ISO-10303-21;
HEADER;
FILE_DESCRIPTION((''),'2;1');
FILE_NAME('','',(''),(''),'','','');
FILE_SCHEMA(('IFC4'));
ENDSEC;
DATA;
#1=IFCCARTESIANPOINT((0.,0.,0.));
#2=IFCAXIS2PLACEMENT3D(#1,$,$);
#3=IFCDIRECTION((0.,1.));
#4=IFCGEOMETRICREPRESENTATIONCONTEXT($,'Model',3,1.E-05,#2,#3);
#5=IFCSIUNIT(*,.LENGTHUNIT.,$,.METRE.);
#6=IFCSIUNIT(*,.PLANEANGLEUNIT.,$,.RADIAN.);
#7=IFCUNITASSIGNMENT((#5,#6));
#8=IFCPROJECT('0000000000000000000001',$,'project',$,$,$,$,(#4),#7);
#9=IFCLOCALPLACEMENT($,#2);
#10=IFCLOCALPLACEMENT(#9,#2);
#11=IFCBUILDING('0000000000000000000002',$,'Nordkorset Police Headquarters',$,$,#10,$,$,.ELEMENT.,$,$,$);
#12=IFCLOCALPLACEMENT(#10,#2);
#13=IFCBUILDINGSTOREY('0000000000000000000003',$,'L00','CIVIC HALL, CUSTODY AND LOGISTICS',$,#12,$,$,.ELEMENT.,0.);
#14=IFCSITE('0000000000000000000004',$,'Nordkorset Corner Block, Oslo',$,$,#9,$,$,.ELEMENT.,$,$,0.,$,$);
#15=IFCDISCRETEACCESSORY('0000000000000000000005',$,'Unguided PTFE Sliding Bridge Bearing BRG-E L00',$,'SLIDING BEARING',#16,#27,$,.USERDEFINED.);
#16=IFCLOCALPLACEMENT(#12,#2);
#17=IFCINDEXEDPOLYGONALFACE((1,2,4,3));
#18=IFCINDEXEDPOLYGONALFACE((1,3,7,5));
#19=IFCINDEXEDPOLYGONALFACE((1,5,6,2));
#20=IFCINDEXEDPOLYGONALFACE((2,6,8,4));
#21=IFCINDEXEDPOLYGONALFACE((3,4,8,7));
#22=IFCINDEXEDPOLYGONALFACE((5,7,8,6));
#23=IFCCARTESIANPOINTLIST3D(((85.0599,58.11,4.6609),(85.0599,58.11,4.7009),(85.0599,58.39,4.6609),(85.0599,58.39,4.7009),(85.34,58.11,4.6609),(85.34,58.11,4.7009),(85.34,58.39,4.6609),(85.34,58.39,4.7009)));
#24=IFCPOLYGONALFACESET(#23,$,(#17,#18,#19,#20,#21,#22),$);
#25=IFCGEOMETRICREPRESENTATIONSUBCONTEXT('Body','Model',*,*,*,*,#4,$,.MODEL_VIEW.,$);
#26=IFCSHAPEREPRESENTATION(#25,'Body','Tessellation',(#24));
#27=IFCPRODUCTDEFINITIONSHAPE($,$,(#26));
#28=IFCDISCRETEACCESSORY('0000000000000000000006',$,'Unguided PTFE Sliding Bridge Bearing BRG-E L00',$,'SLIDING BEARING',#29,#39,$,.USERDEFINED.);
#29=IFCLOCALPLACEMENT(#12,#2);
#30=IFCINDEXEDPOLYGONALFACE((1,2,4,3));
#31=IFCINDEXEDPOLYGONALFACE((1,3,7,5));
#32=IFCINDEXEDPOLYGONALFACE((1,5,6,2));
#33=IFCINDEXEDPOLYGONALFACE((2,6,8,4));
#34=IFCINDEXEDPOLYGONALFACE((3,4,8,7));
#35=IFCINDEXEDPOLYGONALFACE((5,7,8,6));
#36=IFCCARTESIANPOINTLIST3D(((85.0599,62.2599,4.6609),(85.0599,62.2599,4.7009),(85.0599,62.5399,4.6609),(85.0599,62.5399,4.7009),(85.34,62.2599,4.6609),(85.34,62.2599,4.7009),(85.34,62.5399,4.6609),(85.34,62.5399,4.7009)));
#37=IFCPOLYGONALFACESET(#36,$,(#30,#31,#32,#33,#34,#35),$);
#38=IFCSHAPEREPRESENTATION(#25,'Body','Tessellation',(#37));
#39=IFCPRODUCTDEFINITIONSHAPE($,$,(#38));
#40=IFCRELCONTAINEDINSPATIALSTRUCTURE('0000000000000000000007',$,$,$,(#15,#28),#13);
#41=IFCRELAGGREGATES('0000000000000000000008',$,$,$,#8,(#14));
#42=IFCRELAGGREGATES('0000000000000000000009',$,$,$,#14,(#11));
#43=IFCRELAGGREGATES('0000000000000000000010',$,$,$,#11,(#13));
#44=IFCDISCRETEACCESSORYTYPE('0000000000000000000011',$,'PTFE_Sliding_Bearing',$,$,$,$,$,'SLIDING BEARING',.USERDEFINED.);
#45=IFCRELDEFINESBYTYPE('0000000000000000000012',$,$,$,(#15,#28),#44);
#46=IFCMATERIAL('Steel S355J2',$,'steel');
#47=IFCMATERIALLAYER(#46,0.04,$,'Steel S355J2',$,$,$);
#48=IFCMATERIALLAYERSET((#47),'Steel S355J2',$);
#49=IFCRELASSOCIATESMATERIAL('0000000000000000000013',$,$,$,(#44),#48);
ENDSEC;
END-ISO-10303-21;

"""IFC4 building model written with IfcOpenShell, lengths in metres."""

from ifc_helpers import new_model, si_unit, direction, frame, origin, origin_2d, place, context, subcontext, project, spatial, rectangle, extrude, material, layer, layer_set, type_object, element, save


model = new_model("IFC4")

# Units and contexts
model_context = context("Model", 3, precision=1e-05, world=origin(), true_north=direction((0.0, 1.0)))
body_context = subcontext(model_context, "Body", "Model", "MODEL_VIEW")
ifc_project = project(units=[si_unit("LENGTHUNIT", "METRE"), si_unit("PLANEANGLEUNIT", "RADIAN")], contexts=[model_context])

# Site, building, storey
site_placement = place(None, origin())
site = spatial("IfcSite", under=ifc_project, at=site_placement, Name="Nordkorset Corner Block, Oslo", CompositionType="ELEMENT", RefElevation=0.0)
building_placement = place(site_placement, origin())
building = spatial("IfcBuilding", under=site, at=building_placement, Name="Nordkorset Police Headquarters", CompositionType="ELEMENT")
storey_placement = place(building_placement, origin())
storey = spatial("IfcBuildingStorey", under=building, at=storey_placement, Name="L00", Description="CIVIC HALL, CUSTODY AND LOGISTICS", CompositionType="ELEMENT", Elevation=0.0)

# Discrete accessories
ifc_material_1 = material(Name="Steel S355J2", Category="steel")
ifc_layer_1 = layer(ifc_material_1, 0.04, Name="Steel S355J2")
ifc_layer_set_1 = layer_set([ifc_layer_1], Name="Steel S355J2")
discrete_accessory_type = type_object("IfcDiscreteAccessoryType", Name="PTFE_Sliding_Bearing", ElementType="SLIDING BEARING", PredefinedType="USERDEFINED", material=ifc_layer_set_1)
for number, where, z_axis, x_axis, name in (
    (1, (85.2, 58.25, 4.6609), (0.0, 0.0, 1.0), (1.0, 0.0, 0.0), "Unguided PTFE Sliding Bridge Bearing BRG-E L00"),
    (2, (85.2, 62.3999, 4.6609), (0.0, 0.0, 1.0), (1.0, 0.0, 0.0), "Unguided PTFE Sliding Bridge Bearing BRG-E L00"),
):
    element("IfcDiscreteAccessory", number, at=place(storey_placement, frame(where, z_axis=z_axis, x_axis=x_axis)), inside=storey, type_object=discrete_accessory_type, Name=name, ObjectType="SLIDING BEARING", PredefinedType="USERDEFINED", context=body_context, shape_type="SweptSolid", body=[
        extrude(rectangle(XDim=0.28, YDim=0.28, at=origin_2d()), origin(), (0.0, 0.0, 1.0), 0.04),
    ])

save(model, "model.ifc")
